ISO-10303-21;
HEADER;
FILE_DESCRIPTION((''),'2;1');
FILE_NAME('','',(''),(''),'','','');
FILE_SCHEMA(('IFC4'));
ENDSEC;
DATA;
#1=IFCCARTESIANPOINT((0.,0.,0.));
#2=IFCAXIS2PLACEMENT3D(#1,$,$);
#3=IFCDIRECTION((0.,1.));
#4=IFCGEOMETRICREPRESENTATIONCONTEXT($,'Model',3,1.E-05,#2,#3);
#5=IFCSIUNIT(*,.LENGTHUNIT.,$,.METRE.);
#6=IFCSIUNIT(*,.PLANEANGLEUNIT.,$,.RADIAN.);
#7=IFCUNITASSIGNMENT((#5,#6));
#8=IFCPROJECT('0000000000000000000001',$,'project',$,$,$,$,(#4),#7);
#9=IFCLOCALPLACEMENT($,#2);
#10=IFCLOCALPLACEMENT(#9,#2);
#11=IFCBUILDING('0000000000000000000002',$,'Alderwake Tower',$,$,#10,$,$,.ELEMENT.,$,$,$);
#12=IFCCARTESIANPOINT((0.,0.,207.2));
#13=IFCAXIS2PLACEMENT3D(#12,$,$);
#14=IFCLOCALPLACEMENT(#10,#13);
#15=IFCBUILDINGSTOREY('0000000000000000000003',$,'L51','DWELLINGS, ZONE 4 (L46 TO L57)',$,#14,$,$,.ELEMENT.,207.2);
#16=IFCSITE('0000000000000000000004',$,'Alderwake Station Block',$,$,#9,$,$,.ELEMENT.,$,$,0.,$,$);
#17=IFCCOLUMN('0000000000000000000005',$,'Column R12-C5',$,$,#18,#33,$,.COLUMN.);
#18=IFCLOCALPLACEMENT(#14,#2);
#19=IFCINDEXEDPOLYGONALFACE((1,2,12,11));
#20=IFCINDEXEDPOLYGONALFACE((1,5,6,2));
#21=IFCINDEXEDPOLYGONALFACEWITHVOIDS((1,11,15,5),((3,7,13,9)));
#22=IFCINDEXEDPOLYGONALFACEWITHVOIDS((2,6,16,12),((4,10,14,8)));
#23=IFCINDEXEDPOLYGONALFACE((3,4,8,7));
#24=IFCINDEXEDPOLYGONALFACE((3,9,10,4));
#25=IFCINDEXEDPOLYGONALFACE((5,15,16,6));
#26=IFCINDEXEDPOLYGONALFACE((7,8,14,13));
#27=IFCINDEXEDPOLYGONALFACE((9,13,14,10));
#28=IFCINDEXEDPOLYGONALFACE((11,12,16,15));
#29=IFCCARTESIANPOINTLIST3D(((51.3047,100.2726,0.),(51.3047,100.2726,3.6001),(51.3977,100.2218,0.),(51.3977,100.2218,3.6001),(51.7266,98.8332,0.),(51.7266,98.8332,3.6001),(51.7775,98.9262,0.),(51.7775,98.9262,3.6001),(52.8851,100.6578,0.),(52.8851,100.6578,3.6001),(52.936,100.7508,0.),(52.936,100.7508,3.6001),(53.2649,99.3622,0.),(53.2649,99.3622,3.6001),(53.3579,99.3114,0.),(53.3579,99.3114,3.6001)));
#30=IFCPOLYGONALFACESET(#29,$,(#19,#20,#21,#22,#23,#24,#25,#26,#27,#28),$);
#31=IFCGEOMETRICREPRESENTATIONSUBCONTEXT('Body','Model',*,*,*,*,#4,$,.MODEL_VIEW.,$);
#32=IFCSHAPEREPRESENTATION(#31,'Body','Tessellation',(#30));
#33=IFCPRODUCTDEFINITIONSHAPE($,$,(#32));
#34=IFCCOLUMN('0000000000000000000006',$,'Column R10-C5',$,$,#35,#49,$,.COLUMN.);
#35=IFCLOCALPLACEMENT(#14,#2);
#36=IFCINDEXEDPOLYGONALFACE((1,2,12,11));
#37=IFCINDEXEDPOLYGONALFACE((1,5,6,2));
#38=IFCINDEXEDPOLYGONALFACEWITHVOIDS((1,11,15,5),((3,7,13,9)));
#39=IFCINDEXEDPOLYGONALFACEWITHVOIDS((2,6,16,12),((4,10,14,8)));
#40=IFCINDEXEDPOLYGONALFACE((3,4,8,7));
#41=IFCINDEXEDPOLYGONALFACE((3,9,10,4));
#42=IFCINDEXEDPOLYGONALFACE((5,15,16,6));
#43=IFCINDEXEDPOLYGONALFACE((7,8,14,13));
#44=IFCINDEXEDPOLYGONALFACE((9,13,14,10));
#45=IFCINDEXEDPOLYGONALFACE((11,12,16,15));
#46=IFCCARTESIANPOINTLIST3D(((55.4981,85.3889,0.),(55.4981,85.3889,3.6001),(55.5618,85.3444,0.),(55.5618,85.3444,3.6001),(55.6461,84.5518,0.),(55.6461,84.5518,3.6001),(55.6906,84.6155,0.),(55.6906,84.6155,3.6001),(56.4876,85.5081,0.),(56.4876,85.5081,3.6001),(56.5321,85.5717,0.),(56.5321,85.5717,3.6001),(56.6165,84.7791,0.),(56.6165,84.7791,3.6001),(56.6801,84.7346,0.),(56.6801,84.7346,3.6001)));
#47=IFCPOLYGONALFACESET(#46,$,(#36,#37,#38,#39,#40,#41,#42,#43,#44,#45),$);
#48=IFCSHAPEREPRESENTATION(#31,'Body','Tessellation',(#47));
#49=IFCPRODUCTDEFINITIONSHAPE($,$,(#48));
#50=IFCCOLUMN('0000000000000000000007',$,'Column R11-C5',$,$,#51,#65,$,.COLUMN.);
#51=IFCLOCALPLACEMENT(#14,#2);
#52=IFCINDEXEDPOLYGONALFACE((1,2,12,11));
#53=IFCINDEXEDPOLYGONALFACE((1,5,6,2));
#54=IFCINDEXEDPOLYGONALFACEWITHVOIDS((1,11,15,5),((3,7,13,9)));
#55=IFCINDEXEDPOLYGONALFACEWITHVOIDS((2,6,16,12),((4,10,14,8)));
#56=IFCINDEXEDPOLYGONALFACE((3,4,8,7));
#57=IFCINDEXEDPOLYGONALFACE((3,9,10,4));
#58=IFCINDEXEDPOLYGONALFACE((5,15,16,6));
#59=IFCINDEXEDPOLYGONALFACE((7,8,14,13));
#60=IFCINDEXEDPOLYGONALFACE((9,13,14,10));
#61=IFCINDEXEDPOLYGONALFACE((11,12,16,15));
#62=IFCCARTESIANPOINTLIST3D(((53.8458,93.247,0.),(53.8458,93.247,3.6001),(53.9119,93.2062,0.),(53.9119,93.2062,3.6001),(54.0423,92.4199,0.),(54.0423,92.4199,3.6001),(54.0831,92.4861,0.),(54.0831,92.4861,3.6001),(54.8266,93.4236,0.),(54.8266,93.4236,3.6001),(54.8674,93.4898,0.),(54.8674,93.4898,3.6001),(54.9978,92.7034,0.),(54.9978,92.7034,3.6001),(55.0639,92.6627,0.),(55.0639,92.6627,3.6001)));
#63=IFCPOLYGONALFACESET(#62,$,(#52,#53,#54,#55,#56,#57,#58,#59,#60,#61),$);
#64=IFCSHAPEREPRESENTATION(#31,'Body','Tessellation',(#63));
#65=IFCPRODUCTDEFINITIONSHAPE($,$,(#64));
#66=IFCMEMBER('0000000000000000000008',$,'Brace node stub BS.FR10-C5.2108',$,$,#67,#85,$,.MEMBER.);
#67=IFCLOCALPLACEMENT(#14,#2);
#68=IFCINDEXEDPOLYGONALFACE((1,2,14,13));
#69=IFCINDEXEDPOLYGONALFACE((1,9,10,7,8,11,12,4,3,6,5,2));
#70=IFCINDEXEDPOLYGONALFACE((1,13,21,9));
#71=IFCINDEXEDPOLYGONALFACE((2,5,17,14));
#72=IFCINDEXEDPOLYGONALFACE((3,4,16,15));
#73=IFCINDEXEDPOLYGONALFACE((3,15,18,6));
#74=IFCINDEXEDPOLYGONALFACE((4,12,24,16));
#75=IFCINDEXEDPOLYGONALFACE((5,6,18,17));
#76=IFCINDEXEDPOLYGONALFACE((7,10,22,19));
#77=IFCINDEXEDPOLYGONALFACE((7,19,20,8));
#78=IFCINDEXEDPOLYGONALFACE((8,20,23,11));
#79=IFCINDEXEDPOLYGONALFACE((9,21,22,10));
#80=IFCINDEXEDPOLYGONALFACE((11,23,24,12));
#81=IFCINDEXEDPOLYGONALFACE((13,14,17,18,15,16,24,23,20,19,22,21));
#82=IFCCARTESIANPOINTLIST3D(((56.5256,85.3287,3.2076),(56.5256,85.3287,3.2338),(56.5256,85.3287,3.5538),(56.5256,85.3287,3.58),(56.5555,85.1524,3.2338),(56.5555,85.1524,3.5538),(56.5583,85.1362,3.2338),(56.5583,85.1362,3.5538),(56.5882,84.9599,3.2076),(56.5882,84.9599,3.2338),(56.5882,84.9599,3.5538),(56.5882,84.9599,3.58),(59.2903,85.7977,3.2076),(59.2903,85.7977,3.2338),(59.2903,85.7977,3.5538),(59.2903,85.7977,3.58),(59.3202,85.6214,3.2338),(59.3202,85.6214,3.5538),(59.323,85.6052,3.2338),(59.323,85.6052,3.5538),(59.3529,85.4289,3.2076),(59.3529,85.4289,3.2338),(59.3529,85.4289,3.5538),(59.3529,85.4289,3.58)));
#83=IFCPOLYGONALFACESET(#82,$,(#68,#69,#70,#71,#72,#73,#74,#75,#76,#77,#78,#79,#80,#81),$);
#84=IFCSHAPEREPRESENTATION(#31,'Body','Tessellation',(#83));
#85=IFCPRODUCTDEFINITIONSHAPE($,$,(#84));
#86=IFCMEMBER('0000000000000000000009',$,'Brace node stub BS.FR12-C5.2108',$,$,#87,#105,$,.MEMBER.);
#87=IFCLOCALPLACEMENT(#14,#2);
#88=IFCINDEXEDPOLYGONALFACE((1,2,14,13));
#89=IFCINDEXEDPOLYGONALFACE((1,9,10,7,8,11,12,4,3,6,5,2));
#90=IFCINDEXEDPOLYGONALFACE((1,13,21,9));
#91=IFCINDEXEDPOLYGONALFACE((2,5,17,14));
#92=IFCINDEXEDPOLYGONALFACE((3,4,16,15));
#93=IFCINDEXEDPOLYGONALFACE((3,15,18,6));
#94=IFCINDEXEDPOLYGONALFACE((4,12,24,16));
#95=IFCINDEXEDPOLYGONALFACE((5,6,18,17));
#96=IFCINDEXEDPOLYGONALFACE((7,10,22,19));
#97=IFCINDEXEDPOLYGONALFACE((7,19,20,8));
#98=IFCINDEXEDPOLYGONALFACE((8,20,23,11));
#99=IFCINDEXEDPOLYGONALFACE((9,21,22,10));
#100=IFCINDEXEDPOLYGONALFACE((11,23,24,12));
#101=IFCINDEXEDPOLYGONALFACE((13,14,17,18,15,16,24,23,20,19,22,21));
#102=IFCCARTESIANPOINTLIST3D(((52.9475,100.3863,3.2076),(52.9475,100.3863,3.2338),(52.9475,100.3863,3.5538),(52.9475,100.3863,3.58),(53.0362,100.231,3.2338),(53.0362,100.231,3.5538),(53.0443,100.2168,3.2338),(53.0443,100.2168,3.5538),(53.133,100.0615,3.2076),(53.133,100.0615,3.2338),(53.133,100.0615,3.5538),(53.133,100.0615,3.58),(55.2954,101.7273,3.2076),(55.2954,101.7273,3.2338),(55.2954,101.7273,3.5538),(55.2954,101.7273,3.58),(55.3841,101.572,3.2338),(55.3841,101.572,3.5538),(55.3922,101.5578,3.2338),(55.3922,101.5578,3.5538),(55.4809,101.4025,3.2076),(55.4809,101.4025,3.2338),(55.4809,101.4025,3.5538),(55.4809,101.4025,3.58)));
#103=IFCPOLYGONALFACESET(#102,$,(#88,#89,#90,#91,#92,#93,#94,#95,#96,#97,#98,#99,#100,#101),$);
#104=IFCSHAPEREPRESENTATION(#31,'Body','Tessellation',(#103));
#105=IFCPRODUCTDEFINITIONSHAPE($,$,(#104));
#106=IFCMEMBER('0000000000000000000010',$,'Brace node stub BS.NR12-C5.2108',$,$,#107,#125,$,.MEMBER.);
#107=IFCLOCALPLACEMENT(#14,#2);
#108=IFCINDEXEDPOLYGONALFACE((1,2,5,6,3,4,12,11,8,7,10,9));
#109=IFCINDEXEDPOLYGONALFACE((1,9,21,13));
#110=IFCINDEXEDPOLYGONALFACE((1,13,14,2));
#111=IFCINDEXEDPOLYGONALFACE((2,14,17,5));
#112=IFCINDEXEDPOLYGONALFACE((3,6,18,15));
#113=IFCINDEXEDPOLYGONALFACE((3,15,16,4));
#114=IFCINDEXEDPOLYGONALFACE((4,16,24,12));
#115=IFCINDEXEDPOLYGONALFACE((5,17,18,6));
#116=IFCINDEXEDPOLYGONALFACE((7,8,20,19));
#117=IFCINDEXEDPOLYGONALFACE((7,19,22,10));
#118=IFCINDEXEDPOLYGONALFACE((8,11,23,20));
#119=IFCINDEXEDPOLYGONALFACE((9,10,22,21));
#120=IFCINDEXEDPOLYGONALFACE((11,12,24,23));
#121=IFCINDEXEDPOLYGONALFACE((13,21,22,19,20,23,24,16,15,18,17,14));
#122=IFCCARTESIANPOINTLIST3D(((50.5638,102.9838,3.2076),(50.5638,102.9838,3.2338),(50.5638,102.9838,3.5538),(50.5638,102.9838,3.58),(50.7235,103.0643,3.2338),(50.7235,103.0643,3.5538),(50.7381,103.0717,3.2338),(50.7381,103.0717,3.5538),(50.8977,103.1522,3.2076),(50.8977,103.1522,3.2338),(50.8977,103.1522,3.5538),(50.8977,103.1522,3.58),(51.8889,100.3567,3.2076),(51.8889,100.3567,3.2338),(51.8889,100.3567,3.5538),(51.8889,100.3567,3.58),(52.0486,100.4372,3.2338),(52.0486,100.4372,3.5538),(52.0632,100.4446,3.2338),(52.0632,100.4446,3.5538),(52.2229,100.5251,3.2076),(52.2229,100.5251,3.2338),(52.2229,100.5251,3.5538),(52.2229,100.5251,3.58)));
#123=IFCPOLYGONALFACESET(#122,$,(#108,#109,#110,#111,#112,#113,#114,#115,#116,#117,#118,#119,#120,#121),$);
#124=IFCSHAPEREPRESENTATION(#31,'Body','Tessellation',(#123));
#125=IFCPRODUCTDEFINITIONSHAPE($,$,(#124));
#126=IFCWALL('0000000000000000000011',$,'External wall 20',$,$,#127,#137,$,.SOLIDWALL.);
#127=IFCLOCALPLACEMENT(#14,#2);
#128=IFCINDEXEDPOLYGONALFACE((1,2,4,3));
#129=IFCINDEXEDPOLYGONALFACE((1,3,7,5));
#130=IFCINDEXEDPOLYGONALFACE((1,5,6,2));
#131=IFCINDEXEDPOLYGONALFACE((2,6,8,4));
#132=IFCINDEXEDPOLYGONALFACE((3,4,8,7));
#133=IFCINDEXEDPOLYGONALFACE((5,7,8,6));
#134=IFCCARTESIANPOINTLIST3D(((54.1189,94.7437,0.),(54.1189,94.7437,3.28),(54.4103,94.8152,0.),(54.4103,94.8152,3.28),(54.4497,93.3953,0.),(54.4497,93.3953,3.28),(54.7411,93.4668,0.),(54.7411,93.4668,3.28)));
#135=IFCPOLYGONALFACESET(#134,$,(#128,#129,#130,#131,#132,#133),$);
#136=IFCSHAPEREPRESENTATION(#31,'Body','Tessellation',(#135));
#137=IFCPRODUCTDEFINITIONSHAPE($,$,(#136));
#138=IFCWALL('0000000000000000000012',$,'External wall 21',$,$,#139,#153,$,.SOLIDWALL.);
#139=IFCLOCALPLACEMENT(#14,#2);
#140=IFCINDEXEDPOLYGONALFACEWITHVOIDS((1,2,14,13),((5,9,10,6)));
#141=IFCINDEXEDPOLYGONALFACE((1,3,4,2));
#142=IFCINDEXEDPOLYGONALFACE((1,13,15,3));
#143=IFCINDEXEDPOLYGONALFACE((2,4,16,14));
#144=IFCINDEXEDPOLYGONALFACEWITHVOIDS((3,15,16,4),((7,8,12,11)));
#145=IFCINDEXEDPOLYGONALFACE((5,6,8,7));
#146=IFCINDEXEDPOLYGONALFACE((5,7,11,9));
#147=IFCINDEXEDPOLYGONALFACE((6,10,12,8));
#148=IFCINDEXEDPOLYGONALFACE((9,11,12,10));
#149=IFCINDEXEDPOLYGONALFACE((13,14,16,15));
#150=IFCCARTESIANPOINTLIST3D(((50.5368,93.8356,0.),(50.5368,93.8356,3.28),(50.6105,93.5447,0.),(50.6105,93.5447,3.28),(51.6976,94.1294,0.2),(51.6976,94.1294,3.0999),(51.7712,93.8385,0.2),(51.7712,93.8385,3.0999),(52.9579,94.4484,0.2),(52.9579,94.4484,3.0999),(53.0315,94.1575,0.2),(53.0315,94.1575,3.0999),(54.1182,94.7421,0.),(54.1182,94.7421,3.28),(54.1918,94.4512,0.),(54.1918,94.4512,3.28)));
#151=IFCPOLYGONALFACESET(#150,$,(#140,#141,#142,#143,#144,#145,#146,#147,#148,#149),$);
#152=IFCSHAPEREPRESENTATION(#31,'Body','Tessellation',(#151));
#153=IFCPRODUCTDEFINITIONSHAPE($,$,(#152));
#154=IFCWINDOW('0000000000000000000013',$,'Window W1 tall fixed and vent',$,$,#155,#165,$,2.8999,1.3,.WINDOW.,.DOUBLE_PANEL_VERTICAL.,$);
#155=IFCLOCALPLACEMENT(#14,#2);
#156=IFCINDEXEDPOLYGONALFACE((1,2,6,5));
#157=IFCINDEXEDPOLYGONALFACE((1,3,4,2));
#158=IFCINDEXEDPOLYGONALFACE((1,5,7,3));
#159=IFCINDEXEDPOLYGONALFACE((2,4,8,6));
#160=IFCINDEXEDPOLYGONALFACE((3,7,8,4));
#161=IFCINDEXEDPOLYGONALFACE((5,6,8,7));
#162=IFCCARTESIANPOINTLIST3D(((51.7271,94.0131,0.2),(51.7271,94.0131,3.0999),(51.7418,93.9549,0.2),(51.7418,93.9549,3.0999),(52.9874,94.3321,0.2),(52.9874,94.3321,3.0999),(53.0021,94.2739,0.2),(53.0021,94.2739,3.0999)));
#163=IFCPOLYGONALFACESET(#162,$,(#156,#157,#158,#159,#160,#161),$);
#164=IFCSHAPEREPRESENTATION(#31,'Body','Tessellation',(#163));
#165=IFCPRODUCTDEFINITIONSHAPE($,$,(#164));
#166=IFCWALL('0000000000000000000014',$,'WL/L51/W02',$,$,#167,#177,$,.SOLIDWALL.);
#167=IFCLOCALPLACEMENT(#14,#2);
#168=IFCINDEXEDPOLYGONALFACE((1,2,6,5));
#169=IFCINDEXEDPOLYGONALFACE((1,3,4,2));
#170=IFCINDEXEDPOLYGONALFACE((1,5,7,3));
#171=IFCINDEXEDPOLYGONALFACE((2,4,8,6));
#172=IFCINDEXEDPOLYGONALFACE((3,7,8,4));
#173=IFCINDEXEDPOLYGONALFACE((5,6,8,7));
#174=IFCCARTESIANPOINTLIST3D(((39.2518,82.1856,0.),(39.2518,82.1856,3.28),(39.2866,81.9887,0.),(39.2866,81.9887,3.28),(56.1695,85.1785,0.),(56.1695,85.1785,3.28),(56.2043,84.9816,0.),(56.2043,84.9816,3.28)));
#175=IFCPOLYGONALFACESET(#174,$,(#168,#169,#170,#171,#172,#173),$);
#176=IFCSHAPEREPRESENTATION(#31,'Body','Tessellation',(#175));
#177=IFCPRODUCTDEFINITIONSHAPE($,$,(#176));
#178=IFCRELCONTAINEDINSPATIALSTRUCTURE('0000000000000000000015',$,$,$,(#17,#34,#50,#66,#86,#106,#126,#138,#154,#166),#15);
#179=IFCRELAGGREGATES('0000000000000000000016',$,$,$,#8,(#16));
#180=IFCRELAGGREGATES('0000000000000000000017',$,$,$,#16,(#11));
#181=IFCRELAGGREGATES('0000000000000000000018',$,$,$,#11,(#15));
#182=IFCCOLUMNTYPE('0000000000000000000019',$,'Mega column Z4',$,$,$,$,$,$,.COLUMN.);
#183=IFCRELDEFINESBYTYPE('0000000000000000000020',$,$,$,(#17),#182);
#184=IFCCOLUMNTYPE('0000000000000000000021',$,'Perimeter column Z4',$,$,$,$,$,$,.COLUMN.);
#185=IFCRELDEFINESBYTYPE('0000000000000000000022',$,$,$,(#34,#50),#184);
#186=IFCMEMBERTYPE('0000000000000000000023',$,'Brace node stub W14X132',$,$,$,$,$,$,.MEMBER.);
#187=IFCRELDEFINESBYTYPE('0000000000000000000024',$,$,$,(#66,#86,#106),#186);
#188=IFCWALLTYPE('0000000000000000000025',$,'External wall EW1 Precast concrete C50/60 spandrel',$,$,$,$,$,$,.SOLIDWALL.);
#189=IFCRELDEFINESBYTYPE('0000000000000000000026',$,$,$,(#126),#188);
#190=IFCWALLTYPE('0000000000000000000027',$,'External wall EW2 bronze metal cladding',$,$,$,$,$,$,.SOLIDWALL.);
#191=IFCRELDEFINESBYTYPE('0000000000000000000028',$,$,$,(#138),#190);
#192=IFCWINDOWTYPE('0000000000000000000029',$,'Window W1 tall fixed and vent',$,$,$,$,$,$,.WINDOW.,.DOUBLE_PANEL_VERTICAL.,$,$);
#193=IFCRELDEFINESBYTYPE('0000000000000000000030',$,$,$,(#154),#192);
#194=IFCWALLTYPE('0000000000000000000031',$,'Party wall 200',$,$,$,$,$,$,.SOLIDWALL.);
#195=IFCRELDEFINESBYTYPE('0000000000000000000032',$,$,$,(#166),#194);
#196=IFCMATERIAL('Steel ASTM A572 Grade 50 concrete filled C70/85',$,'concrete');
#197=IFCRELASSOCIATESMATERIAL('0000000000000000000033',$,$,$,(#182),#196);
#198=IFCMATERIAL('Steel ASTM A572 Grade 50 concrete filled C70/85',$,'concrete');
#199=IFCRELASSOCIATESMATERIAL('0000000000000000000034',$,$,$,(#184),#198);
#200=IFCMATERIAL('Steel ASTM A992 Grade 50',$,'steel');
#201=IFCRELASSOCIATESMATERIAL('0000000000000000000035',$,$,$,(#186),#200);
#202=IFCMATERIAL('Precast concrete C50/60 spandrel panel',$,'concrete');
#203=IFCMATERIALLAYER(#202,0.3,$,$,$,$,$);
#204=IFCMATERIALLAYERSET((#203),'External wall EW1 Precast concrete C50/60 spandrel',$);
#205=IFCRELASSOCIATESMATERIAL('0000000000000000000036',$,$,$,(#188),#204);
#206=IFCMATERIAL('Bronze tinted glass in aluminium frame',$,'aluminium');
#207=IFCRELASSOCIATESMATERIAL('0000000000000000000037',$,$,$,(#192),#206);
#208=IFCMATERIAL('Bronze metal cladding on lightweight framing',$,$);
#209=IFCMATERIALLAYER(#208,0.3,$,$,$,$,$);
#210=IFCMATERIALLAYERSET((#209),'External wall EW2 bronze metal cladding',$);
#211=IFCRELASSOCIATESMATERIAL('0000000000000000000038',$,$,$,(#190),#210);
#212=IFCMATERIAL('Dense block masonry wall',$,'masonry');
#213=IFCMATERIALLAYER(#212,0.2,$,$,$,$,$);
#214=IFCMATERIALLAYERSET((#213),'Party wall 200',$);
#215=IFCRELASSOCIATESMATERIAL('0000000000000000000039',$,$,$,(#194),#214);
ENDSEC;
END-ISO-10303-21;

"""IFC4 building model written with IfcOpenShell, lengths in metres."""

from ifc_helpers import new_model, si_unit, direction, frame, frame_2d, origin, origin_2d, place, context, subcontext, project, spatial, rectangle, hollow_rectangle, i_section, extrude, material, layer, layer_set, material_profile, profile_set, type_object, element, fill, save


model = new_model("IFC4")

# Units and contexts
model_context = context("Model", 3, precision=1e-05, world=origin(), true_north=direction((0.0, 1.0)))
body_context = subcontext(model_context, "Body", "Model", "MODEL_VIEW")
ifc_project = project(units=[si_unit("LENGTHUNIT", "METRE"), si_unit("PLANEANGLEUNIT", "RADIAN")], contexts=[model_context])

# Site, building, storey
site_placement = place(None, origin())
site = spatial("IfcSite", under=ifc_project, at=site_placement, Name="Alderwake Station Block", CompositionType="ELEMENT", RefElevation=0.0)
building_placement = place(site_placement, origin())
building = spatial("IfcBuilding", under=site, at=building_placement, Name="Alderwake Tower", CompositionType="ELEMENT")
storey_placement = place(building_placement, frame((0.0, 0.0, 207.2)))
storey = spatial("IfcBuildingStorey", under=building, at=storey_placement, Name="L51", Description="DWELLINGS, ZONE 4 (L46 TO L57)", CompositionType="ELEMENT", Elevation=207.2)

# Columns
ifc_material_1 = material(Name="Steel ASTM A572 Grade 50 concrete filled C70/85", Category="concrete")
ifc_material_profile_1 = material_profile(ifc_material_1, hollow_rectangle(XDim=1.5, YDim=1.7, WallThickness=0.075, at=origin_2d()), Name="BOX 1700X1500X75")
ifc_profile_set_1 = profile_set([ifc_material_profile_1], Name="Steel ASTM A572 Grade 50 concrete filled C70/85")
column_type_1 = type_object("IfcColumnType", Name="Mega column Z4", PredefinedType="COLUMN", material=ifc_profile_set_1)
column_placement = place(storey_placement, frame((52.3313, 99.792, 0.0), z_axis=(0.0, 0.0, 1.0), x_axis=(-0.281305, 0.959618, 0.0)))
element("IfcColumn", 1, at=column_placement, inside=storey, type_object=column_type_1, Name="Column R12-C5", PredefinedType="COLUMN", context=body_context, shape_type="SweptSolid", body=[
    extrude(hollow_rectangle(XDim=1.5, YDim=1.7, WallThickness=0.075, at=origin_2d()), origin(), (0.0, 0.0, 1.0), 3.6001),
])
ifc_material_2 = material(Name="Steel ASTM A572 Grade 50 concrete filled C70/85", Category="concrete")
ifc_material_profile_2 = material_profile(ifc_material_2, hollow_rectangle(XDim=0.8501, YDim=1.05, WallThickness=0.0549, at=origin_2d()), Name="BOX 1050X850X55")
ifc_profile_set_2 = profile_set([ifc_material_profile_2], Name="Steel ASTM A572 Grade 50 concrete filled C70/85")
column_type_2 = type_object("IfcColumnType", Name="Perimeter column Z4", PredefinedType="COLUMN", material=ifc_profile_set_2)
for number, where, z_axis, x_axis, name in (
    (2, (56.0891, 85.0618, 0.0), (0.0, 0.0, 1.0), (-0.174107, 0.984727, 0.0), "Column R10-C5"),
    (3, (54.4548, 92.9548, 0.0), (0.0, 0.0, 1.0), (-0.231222, 0.972901, 0.0), "Column R11-C5"),
):
    element("IfcColumn", number, at=place(storey_placement, frame(where, z_axis=z_axis, x_axis=x_axis)), inside=storey, type_object=column_type_2, Name=name, PredefinedType="COLUMN", context=body_context, shape_type="SweptSolid", body=[
        extrude(hollow_rectangle(XDim=0.8501, YDim=1.05, WallThickness=0.0549, at=origin_2d()), origin(), (0.0, 0.0, 1.0), 3.6001),
    ])

# Members
ifc_material_3 = material(Name="Steel ASTM A992 Grade 50", Category="steel")
ifc_material_profile_3 = material_profile(ifc_material_3, i_section(OverallWidth=0.374, OverallDepth=0.3723, WebThickness=0.0164, FlangeThickness=0.0261, at=origin_2d()), Name="W14X132")
ifc_profile_set_3 = profile_set([ifc_material_profile_3], Name="Steel ASTM A992 Grade 50")
member_type = type_object("IfcMemberType", Name="Brace node stub W14X132", PredefinedType="MEMBER", material=ifc_profile_set_3)
member_1_placement = place(storey_placement, frame((56.5569, 85.1443, 3.3938), z_axis=(0.985914, 0.16725, 0.0), x_axis=(-0.16725, 0.985914, 0.0)))
element("IfcMember", 4, at=member_1_placement, inside=storey, type_object=member_type, Name="Brace node stub BS.FR10-C5.2108", PredefinedType="MEMBER", context=body_context, shape_type="SweptSolid", body=[
    extrude(i_section(OverallWidth=0.374, OverallDepth=0.3723, WebThickness=0.0164, FlangeThickness=0.0261, at=origin_2d()), origin(), (0.0, 0.0, 1.0), 2.8042),
])
member_2_placement = place(storey_placement, frame((53.0403, 100.2239, 3.3938), z_axis=(0.868338, 0.495974, 0.0), x_axis=(-0.495974, 0.868338, 0.0)))
element("IfcMember", 5, at=member_2_placement, inside=storey, type_object=member_type, Name="Brace node stub BS.FR12-C5.2108", PredefinedType="MEMBER", context=body_context, shape_type="SweptSolid", body=[
    extrude(i_section(OverallWidth=0.374, OverallDepth=0.3723, WebThickness=0.0164, FlangeThickness=0.0261, at=origin_2d()), origin(), (0.0, 0.0, 1.0), 2.7039),
])
member_3_placement = place(storey_placement, frame((52.0559, 100.4409, 3.3938), z_axis=(-0.450364, 0.892845, 0.0), x_axis=(-0.892845, -0.450364, 0.0)))
element("IfcMember", 6, at=member_3_placement, inside=storey, type_object=member_type, Name="Brace node stub BS.NR12-C5.2108", PredefinedType="MEMBER", context=body_context, shape_type="SweptSolid", body=[
    extrude(i_section(OverallWidth=0.374, OverallDepth=0.3723, WebThickness=0.0164, FlangeThickness=0.0261, at=origin_2d()), origin(), (0.0, 0.0, 1.0), 2.9424),
])

# Shared definitions
ifc_material_4 = material(Name="Precast concrete C50/60 spandrel panel", Category="concrete")
ifc_layer_1 = layer(ifc_material_4, 0.3)
ifc_layer_set_1 = layer_set([ifc_layer_1], Name="External wall EW1 Precast concrete C50/60 spandrel")
wall_type_1 = type_object("IfcWallType", Name="External wall EW1 Precast concrete C50/60 spandrel", PredefinedType="SOLIDWALL", material=ifc_layer_set_1)
ifc_material_5 = material(Name="Bronze tinted glass in aluminium frame", Category="aluminium")
window_type = type_object("IfcWindowType", Name="Window W1 tall fixed and vent", PartitioningType="DOUBLE_PANEL_VERTICAL", PredefinedType="WINDOW", material=ifc_material_5)

# Wall
wall_1_placement = place(storey_placement, frame((54.5955, 93.4309, 0.0), z_axis=(0.0, 0.0, 1.0), x_axis=(-0.238272, 0.971199, 0.0)))
element("IfcWall", 7, at=wall_1_placement, inside=storey, type_object=wall_type_1, Name="External wall 20", PredefinedType="SOLIDWALL", context=body_context, shape_type="SweptSolid", body=[
    extrude(rectangle(XDim=1.3884, YDim=0.3, at=frame_2d((0.6943, 0.0))), origin(), (0.0, 0.0, 1.0), 3.28),
])

# Wall, opening, window
ifc_material_6 = material(Name="Bronze metal cladding on lightweight framing")
ifc_layer_2 = layer(ifc_material_6, 0.3)
ifc_layer_set_2 = layer_set([ifc_layer_2], Name="External wall EW2 bronze metal cladding")
wall_type_2 = type_object("IfcWallType", Name="External wall EW2 bronze metal cladding", PredefinedType="SOLIDWALL", material=ifc_layer_set_2)
wall_2_placement = place(storey_placement, frame((54.155, 94.5967, 0.0), z_axis=(0.0, 0.0, 1.0), x_axis=(-0.969427, -0.24538, 0.0)))
wall_2 = element("IfcWall", 8, at=wall_2_placement, inside=storey, type_object=wall_type_2, Name="External wall 21", PredefinedType="SOLIDWALL", context=body_context, shape_type="SweptSolid", body=[
    extrude(rectangle(XDim=3.6943, YDim=0.3, at=frame_2d((1.8472, 0.0))), origin(), (0.0, 0.0, 1.0), 3.28),
])
opening_1_placement = place(wall_2_placement, frame((1.197, 0.0, 0.2)))
opening_1 = element("IfcOpeningElement", 9, at=opening_1_placement, cuts=wall_2, PredefinedType="OPENING", context=body_context, shape_type="SweptSolid", body=[
    extrude(rectangle(XDim=1.3, YDim=2.8999, at=frame_2d((0.6499, 1.45))), frame((0.0, 0.1599, 0.0), z_axis=(0.0, -1.0, 0.0), x_axis=(1.0, 0.0, 0.0)), (0.0, 0.0, 1.0), 0.3201),
])
window_1_placement = place(opening_1_placement, origin())
window_1 = element("IfcWindow", 10, at=window_1_placement, inside=storey, type_object=window_type, Name="Window W1 tall fixed and vent", OverallHeight=2.8999, OverallWidth=1.3, PartitioningType="DOUBLE_PANEL_VERTICAL", PredefinedType="WINDOW", context=body_context, shape_type="SweptSolid", body=[
    extrude(rectangle(XDim=1.3, YDim=2.8999, at=frame_2d((0.6499, 1.45))), frame((0.0, 0.03, 0.0), z_axis=(0.0, -1.0, 0.0), x_axis=(1.0, 0.0, 0.0)), (0.0, 0.0, 1.0), 0.0601),
])
fill(opening_1, window_1)

# Wall
ifc_material_7 = material(Name="Dense block masonry wall", Category="masonry")
ifc_layer_3 = layer(ifc_material_7, 0.2)
ifc_layer_set_3 = layer_set([ifc_layer_3], Name="Party wall 200")
wall_type_3 = type_object("IfcWallType", Name="Party wall 200", PredefinedType="SOLIDWALL", material=ifc_layer_set_3)
wall_3_placement = place(storey_placement, frame((56.187, 85.0801, 0.0), z_axis=(0.0, 0.0, 1.0), x_axis=(-0.984709, -0.174205, 0.0)))
element("IfcWall", 11, at=wall_3_placement, inside=storey, type_object=wall_type_3, Name="WL/L51/W02", PredefinedType="SOLIDWALL", context=body_context, shape_type="SweptSolid", body=[
    extrude(rectangle(XDim=17.1804, YDim=0.2, at=frame_2d((8.5903, 0.0))), origin(), (0.0, 0.0, 1.0), 3.28),
])

save(model, "model.ifc")
